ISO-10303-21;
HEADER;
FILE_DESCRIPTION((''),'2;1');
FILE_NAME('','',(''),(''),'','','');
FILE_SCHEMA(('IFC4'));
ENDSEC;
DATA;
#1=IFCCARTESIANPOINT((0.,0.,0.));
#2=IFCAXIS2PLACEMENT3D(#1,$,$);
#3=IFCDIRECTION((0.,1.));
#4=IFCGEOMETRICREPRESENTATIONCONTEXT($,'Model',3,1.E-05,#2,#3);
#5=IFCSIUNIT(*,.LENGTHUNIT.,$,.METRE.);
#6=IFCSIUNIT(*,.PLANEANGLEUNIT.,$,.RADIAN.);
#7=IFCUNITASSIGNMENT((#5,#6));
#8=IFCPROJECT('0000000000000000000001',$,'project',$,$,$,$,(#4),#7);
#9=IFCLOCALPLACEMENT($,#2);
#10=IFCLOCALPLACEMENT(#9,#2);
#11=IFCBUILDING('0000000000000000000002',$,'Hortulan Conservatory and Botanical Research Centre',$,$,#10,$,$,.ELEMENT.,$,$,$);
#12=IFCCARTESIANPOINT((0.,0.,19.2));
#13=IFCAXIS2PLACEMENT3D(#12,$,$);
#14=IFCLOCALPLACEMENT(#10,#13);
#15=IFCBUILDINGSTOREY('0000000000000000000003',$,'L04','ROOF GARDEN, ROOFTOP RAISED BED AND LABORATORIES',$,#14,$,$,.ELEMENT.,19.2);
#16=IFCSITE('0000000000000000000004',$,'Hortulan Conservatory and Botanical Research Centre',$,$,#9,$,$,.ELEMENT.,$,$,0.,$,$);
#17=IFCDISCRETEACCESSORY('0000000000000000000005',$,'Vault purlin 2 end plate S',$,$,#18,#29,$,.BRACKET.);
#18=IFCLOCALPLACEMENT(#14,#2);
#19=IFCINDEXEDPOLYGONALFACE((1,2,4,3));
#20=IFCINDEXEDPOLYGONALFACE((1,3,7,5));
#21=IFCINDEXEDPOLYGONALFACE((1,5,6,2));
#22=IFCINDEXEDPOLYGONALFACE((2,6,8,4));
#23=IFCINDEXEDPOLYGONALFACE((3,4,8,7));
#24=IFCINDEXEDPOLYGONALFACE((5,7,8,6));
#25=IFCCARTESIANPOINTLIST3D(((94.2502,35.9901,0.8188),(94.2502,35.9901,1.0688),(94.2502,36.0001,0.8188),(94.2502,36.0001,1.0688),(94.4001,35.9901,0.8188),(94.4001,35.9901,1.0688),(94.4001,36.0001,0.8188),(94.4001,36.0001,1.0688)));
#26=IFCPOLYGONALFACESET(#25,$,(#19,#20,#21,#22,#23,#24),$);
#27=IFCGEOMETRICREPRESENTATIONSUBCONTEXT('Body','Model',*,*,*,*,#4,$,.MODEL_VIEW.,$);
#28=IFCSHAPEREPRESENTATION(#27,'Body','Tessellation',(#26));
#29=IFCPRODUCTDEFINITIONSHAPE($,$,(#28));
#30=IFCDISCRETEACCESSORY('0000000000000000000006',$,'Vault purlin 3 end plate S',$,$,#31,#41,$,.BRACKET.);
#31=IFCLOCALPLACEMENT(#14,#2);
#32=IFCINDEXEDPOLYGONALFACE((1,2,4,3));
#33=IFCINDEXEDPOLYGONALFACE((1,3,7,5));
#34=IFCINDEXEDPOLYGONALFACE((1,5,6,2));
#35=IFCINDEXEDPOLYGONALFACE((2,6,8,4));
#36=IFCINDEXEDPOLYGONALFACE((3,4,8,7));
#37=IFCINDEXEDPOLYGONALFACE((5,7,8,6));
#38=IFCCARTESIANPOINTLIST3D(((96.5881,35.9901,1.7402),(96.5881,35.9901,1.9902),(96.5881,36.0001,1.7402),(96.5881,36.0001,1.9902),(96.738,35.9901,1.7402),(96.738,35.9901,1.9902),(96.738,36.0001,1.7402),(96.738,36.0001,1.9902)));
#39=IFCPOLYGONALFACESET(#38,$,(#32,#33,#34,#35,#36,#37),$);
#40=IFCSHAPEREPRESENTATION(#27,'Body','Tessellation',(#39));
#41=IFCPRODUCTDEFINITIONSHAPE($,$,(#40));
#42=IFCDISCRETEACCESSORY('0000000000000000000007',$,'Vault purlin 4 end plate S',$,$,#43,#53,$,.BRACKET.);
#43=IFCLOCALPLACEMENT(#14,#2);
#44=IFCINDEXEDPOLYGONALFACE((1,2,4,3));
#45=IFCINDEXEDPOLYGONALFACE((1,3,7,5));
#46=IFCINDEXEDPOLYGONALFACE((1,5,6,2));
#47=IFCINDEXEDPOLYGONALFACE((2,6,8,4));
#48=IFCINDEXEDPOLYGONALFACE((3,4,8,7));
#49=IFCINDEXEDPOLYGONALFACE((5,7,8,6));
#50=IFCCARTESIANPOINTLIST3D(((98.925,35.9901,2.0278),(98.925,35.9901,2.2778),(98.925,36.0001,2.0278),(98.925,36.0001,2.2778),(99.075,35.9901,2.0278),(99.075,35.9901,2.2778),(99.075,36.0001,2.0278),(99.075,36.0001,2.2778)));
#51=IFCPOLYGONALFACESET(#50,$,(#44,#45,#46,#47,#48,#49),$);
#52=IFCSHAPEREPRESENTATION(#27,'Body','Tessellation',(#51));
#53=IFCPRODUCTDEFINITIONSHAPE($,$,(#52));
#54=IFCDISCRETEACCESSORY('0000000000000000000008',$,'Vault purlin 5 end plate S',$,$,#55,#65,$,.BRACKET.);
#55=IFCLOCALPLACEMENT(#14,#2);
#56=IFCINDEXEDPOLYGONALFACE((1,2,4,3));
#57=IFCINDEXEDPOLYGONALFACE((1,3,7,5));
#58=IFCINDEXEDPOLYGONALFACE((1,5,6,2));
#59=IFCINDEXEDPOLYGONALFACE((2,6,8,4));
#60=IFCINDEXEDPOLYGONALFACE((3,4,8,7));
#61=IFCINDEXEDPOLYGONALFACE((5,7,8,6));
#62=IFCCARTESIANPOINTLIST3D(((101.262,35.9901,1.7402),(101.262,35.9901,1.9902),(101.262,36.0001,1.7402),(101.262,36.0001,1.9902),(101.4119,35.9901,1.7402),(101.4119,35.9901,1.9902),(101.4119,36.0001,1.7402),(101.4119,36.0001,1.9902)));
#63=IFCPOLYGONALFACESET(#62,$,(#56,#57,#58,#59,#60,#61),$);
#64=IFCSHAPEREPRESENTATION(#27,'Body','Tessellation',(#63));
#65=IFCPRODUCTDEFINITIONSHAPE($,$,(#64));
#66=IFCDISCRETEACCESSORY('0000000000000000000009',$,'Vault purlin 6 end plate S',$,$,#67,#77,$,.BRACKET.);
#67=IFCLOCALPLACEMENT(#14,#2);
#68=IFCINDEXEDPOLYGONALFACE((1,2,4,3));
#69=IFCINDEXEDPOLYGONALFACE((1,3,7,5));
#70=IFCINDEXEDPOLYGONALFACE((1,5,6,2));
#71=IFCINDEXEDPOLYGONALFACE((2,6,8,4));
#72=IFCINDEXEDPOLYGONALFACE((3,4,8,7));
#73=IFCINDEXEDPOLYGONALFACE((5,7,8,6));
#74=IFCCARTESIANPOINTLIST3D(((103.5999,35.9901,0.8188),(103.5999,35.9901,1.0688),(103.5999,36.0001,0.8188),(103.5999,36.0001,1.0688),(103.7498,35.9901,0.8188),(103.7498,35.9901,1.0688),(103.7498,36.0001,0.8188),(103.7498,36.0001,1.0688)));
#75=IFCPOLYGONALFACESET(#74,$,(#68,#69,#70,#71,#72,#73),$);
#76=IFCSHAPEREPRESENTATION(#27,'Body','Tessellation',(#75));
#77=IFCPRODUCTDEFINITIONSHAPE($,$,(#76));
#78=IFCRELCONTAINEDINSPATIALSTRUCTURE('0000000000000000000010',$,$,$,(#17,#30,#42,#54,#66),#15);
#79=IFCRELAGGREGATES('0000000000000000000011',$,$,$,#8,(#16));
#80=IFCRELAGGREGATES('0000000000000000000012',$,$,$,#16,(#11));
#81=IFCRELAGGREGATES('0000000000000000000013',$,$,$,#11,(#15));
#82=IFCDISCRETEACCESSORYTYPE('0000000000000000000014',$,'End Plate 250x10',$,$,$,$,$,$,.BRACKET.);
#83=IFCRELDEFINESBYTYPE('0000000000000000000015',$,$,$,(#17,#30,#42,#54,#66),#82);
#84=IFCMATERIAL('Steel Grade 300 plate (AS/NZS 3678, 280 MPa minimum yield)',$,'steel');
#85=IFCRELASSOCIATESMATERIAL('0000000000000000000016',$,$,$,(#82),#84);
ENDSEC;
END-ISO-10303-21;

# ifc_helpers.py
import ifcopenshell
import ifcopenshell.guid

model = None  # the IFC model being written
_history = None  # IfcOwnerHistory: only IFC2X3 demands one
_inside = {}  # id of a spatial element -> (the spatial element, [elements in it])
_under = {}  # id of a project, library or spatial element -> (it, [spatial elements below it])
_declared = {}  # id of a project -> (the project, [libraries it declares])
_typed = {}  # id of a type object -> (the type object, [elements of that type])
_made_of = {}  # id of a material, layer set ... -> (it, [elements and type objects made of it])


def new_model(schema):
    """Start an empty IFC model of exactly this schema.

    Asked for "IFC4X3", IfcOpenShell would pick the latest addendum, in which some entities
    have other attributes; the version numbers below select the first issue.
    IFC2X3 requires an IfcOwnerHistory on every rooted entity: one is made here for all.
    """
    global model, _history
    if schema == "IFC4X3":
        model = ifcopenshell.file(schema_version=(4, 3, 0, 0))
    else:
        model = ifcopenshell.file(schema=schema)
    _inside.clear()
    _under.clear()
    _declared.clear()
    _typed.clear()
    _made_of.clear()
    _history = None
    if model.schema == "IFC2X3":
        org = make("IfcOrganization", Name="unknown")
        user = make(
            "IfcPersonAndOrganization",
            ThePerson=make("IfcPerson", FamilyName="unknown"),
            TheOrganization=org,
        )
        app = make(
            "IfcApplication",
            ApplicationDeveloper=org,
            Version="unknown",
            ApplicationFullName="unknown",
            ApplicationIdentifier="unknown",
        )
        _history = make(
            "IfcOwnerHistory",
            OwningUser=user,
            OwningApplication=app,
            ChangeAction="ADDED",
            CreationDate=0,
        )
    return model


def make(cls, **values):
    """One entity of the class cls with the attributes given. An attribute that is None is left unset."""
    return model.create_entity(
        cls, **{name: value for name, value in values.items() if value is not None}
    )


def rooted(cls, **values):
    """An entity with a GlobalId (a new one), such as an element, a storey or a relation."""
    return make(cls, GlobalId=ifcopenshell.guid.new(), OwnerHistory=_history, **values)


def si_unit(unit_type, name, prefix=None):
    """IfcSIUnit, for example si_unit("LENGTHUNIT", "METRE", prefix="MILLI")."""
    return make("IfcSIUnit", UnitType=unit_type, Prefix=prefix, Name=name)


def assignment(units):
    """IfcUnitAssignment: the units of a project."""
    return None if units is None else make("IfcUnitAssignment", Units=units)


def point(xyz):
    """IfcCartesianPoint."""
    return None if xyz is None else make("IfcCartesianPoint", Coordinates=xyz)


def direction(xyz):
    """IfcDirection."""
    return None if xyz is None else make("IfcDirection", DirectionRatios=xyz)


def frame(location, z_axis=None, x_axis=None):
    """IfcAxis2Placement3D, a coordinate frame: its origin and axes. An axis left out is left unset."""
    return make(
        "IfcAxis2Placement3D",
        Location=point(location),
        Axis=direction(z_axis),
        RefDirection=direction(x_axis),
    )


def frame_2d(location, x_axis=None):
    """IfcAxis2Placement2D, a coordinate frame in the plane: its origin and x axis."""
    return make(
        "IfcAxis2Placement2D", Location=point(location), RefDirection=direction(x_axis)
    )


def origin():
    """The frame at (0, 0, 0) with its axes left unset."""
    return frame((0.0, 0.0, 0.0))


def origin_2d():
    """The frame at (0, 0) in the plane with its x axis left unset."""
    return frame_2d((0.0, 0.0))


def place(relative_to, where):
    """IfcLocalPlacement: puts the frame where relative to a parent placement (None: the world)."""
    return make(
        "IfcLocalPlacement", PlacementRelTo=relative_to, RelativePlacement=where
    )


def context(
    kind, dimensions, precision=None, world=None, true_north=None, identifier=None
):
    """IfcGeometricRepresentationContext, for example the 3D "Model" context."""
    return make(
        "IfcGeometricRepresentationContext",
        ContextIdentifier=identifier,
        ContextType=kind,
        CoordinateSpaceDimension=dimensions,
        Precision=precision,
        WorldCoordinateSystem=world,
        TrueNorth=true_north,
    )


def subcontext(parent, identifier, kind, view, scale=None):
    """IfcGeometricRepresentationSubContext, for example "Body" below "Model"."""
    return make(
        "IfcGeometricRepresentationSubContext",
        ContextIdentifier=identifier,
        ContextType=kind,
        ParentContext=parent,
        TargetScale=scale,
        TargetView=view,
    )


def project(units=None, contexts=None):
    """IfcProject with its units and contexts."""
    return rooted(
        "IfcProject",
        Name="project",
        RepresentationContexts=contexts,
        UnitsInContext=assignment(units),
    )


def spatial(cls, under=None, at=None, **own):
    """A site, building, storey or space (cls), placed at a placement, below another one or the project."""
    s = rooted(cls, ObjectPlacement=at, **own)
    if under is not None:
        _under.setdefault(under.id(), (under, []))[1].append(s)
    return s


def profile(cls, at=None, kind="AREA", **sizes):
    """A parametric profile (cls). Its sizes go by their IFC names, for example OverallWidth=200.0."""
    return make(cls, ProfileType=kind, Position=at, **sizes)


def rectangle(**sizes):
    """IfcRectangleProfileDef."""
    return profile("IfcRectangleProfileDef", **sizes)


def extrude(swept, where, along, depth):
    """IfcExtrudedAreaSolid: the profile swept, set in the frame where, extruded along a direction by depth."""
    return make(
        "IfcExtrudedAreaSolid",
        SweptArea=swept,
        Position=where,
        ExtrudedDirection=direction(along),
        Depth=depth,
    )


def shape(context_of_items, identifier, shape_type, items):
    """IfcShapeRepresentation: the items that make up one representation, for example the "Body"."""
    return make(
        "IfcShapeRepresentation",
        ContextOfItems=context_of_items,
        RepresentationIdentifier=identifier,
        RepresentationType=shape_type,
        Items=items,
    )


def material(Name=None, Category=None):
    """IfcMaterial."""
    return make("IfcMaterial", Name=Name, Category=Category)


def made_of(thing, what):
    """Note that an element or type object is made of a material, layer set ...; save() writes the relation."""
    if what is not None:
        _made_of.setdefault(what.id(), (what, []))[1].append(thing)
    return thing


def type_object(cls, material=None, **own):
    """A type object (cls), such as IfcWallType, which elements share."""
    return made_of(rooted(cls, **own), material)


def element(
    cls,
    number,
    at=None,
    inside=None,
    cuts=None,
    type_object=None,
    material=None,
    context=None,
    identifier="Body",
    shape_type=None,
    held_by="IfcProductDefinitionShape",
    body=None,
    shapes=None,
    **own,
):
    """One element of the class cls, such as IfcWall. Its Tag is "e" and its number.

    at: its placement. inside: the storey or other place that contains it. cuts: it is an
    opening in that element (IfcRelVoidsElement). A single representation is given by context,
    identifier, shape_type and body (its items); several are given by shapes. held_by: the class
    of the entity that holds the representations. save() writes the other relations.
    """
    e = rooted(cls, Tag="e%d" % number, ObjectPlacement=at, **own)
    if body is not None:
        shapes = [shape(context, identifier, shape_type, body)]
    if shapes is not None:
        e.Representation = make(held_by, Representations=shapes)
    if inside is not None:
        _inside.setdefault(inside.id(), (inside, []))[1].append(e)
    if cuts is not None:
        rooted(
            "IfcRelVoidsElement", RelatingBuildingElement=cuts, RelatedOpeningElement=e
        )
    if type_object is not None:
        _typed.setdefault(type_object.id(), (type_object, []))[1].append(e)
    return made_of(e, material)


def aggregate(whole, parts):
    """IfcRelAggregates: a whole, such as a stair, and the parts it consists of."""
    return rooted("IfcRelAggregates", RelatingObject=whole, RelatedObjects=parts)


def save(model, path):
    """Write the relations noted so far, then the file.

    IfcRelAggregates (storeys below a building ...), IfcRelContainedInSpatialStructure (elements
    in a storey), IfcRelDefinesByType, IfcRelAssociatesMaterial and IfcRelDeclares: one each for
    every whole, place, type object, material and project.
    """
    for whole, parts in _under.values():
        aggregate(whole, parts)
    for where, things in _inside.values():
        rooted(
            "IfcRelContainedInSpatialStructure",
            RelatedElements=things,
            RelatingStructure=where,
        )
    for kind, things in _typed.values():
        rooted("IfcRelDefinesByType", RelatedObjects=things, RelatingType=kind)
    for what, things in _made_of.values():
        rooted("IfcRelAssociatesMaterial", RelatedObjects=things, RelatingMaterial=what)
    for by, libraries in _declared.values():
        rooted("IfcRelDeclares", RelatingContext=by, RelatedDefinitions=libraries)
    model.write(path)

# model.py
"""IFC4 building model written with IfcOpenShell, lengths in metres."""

from ifc_helpers import new_model, si_unit, direction, frame, origin, origin_2d, place, context, subcontext, project, spatial, rectangle, extrude, material, type_object, element, save


model = new_model("IFC4")

# Units and contexts
model_context = context("Model", 3, precision=1e-05, world=origin(), true_north=direction((0.0, 1.0)))
body_context = subcontext(model_context, "Body", "Model", "MODEL_VIEW")
ifc_project = project(units=[si_unit("LENGTHUNIT", "METRE"), si_unit("PLANEANGLEUNIT", "RADIAN")], contexts=[model_context])

# Site, building, storey
site_placement = place(None, origin())
site = spatial("IfcSite", under=ifc_project, at=site_placement, Name="Hortulan Conservatory and Botanical Research Centre", CompositionType="ELEMENT", RefElevation=0.0)
building_placement = place(site_placement, origin())
building = spatial("IfcBuilding", under=site, at=building_placement, Name="Hortulan Conservatory and Botanical Research Centre", CompositionType="ELEMENT")
storey_placement = place(building_placement, frame((0.0, 0.0, 19.2)))
storey = spatial("IfcBuildingStorey", under=building, at=storey_placement, Name="L04", Description="ROOF GARDEN, ROOFTOP RAISED BED AND LABORATORIES", CompositionType="ELEMENT", Elevation=19.2)

# Discrete accessories
ifc_material_1 = material(Name="Steel Grade 300 plate (AS/NZS 3678, 280 MPa minimum yield)", Category="steel")
discrete_accessory_type_1 = type_object("IfcDiscreteAccessoryType", Name="End Plate 250x10", PredefinedType="BRACKET", material=ifc_material_1)
for number, where, z_axis, x_axis, name in (
    (1, (94.3252, 35.9951, 0.8188), (0.0, 0.0, 1.0), (1.0, 0.0, 0.0), "Vault purlin 2 end plate S"),
    (2, (96.6631, 35.9951, 1.7402), (0.0, 0.0, 1.0), (1.0, 0.0, 0.0), "Vault purlin 3 end plate S"),
    (3, (99.0, 35.9951, 2.0278), (0.0, 0.0, 1.0), (1.0, 0.0, 0.0), "Vault purlin 4 end plate S"),
    (4, (101.3369, 35.9951, 1.7402), (0.0, 0.0, 1.0), (1.0, 0.0, 0.0), "Vault purlin 5 end plate S"),
    (5, (103.6748, 35.9951, 0.8188), (0.0, 0.0, 1.0), (1.0, 0.0, 0.0), "Vault purlin 6 end plate S"),
):
    element("IfcDiscreteAccessory", number, at=place(storey_placement, frame(where, z_axis=z_axis, x_axis=x_axis)), inside=storey, type_object=discrete_accessory_type_1, Name=name, PredefinedType="BRACKET", context=body_context, shape_type="SweptSolid", body=[
        extrude(rectangle(XDim=0.1499, YDim=0.01, at=origin_2d()), origin(), (0.0, 0.0, 1.0), 0.25),
    ])

save(model, "model.ifc")
